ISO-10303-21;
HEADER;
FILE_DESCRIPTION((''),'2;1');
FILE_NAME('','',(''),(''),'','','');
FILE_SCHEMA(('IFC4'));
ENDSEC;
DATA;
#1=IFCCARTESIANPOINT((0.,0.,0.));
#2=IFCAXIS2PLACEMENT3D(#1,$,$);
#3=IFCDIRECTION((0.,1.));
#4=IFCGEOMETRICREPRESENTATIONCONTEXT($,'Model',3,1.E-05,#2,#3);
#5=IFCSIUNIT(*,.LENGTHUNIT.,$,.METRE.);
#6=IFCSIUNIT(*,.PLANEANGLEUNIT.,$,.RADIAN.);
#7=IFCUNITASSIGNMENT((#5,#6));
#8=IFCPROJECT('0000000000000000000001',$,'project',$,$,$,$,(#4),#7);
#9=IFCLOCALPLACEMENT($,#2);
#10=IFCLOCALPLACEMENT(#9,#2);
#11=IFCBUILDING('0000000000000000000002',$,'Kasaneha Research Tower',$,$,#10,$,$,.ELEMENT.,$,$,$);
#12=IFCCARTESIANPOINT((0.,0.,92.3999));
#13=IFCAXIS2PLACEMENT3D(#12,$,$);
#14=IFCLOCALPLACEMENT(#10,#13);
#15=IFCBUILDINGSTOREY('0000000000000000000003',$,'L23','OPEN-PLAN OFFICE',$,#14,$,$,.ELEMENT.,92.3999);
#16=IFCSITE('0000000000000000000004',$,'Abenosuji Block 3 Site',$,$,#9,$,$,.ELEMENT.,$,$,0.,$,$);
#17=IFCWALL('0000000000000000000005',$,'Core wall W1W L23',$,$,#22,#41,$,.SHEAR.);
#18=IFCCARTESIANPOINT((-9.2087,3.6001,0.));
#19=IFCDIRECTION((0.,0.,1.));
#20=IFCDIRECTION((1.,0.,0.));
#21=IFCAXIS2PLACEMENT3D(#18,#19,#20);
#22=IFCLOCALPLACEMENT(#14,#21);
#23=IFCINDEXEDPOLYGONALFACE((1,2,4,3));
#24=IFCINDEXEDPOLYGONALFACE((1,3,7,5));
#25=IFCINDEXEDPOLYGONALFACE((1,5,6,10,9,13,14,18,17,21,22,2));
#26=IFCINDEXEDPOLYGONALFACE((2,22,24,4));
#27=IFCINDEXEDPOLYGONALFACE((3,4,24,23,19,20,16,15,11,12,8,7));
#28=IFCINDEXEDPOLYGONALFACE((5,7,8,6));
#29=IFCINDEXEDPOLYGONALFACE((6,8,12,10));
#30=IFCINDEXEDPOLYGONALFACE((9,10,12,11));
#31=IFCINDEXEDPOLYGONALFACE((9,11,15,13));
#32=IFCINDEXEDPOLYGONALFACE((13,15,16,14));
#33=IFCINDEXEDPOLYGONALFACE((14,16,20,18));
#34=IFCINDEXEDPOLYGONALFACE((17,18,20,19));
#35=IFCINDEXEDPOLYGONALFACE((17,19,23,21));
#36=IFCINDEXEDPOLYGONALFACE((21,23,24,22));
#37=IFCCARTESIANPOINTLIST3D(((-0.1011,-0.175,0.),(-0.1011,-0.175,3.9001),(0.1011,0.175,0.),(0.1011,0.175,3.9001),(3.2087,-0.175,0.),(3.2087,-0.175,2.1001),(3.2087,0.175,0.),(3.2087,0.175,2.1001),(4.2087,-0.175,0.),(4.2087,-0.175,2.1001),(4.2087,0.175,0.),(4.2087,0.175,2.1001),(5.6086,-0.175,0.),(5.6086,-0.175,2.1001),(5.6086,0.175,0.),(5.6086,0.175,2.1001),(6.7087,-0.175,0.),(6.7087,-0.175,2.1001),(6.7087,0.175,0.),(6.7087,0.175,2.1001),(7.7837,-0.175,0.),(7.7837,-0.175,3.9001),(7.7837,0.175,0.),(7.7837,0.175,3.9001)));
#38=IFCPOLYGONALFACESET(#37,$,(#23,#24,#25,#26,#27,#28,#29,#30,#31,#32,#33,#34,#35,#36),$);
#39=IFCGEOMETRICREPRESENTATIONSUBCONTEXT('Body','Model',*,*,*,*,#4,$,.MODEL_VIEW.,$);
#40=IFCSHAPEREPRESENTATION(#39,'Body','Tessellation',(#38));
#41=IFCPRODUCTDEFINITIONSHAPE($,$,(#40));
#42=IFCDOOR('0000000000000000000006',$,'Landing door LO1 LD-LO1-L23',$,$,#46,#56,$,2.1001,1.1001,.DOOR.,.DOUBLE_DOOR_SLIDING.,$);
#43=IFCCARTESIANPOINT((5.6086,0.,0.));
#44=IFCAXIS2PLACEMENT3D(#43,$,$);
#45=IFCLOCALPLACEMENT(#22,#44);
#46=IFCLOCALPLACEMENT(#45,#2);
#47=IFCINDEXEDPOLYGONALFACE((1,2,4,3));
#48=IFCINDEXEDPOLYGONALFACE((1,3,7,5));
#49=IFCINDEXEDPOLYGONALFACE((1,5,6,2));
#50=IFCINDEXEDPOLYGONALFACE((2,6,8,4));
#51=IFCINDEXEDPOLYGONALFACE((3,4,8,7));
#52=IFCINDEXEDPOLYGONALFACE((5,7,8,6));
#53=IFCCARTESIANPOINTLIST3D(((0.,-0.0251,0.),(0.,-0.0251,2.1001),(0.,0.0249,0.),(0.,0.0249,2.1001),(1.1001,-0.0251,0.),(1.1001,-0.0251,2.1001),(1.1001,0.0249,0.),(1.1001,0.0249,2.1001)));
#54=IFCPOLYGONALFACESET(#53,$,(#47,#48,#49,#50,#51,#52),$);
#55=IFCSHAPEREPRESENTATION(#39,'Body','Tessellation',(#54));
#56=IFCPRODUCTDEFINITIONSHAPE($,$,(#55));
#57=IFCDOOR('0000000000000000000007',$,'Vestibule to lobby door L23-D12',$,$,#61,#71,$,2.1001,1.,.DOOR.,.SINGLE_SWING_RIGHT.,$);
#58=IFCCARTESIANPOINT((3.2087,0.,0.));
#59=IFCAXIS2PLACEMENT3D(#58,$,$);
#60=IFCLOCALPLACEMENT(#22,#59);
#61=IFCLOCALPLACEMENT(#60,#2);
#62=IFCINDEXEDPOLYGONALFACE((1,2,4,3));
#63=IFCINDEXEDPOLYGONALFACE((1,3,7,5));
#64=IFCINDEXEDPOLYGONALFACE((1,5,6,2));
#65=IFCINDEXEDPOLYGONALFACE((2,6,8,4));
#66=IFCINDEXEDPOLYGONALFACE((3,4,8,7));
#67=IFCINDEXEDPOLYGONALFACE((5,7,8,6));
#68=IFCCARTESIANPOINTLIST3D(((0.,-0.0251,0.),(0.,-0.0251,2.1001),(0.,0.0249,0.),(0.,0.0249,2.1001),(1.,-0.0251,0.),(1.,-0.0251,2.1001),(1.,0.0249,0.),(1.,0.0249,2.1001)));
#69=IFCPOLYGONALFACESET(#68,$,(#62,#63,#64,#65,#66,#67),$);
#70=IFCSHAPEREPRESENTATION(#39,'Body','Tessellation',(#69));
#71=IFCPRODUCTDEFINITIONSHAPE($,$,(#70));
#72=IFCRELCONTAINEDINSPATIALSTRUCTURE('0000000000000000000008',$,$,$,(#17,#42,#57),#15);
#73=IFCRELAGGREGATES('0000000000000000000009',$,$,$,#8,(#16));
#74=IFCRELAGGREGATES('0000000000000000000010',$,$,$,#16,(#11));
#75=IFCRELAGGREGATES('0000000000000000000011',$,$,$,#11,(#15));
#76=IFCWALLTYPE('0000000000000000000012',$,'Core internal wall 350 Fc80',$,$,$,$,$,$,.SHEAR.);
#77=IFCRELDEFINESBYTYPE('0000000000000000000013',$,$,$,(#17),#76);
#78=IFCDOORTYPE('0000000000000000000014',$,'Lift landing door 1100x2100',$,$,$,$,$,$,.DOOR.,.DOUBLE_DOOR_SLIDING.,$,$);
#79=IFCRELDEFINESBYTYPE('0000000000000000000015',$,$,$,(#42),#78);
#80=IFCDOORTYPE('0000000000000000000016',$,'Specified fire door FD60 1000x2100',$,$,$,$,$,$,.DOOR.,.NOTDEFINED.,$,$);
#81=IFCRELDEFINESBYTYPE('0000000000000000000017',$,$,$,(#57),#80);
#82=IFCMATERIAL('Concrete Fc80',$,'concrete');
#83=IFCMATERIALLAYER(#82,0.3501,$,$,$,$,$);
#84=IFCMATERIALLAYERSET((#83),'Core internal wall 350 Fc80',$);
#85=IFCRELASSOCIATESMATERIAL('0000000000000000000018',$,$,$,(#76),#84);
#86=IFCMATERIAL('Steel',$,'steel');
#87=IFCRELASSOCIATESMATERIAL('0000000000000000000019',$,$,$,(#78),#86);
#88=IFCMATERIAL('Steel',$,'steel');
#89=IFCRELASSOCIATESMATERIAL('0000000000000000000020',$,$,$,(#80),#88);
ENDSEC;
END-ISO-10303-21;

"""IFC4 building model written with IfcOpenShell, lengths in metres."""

from ifc_helpers import new_model, si_unit, direction, frame, frame_2d, origin, place, context, subcontext, project, spatial, polyline, rectangle, outline, extrude, material, layer, layer_set, type_object, element, fill, save


model = new_model("IFC4")

# Units and contexts
model_context = context("Model", 3, precision=1e-05, world=origin(), true_north=direction((0.0, 1.0)))
body_context = subcontext(model_context, "Body", "Model", "MODEL_VIEW")
ifc_project = project(units=[si_unit("LENGTHUNIT", "METRE"), si_unit("PLANEANGLEUNIT", "RADIAN")], contexts=[model_context])

# Site, building, storey
site_placement = place(None, origin())
site = spatial("IfcSite", under=ifc_project, at=site_placement, Name="Abenosuji Block 3 Site", CompositionType="ELEMENT", RefElevation=0.0)
building_placement = place(site_placement, origin())
building = spatial("IfcBuilding", under=site, at=building_placement, Name="Kasaneha Research Tower", CompositionType="ELEMENT")
storey_placement = place(building_placement, frame((0.0, 0.0, 92.3999)))
storey = spatial("IfcBuildingStorey", under=building, at=storey_placement, Name="L23", Description="OPEN-PLAN OFFICE", CompositionType="ELEMENT", Elevation=92.3999)

# Wall, openings, doors
ifc_material_1 = material(Name="Concrete Fc80", Category="concrete")
ifc_layer_1 = layer(ifc_material_1, 0.3501)
ifc_layer_set_1 = layer_set([ifc_layer_1], Name="Core internal wall 350 Fc80")
wall_type_1 = type_object("IfcWallType", Name="Core internal wall 350 Fc80", PredefinedType="SHEAR", material=ifc_layer_set_1)
wall_1_placement = place(storey_placement, frame((-9.2087, 3.6001, 0.0), z_axis=(0.0, 0.0, 1.0), x_axis=(1.0, 0.0, 0.0)))
wall_1 = element("IfcWall", 1, at=wall_1_placement, inside=storey, type_object=wall_type_1, Name="Core wall W1W L23", PredefinedType="SHEAR", context=body_context, shape_type="SweptSolid", body=[
    extrude(outline(polyline([(-0.1011, -0.175), (3.2087, -0.175), (4.2087, -0.175), (5.6086, -0.175), (6.7087, -0.175), (7.7837, -0.175), (7.7837, 0.175), (6.7087, 0.175), (5.6086, 0.175), (4.2087, 0.175), (3.2087, 0.175), (0.1011, 0.175), (-0.1011, -0.175)])), origin(), (0.0, 0.0, 1.0), 3.9001),
])
opening_1_placement = place(wall_1_placement, frame((3.2087, 0.0, 0.0)))
opening_1 = element("IfcOpeningElement", 2, at=opening_1_placement, cuts=wall_1, PredefinedType="OPENING", context=body_context, shape_type="SweptSolid", body=[
    extrude(rectangle(XDim=1.0, YDim=2.1001, at=frame_2d((0.5, 1.05))), frame((0.0, 0.1851, 0.0), z_axis=(0.0, -1.0, 0.0), x_axis=(1.0, 0.0, 0.0)), (0.0, 0.0, 1.0), 0.3701),
])
opening_2_placement = place(wall_1_placement, frame((5.6086, 0.0, 0.0)))
opening_2 = element("IfcOpeningElement", 3, at=opening_2_placement, cuts=wall_1, PredefinedType="OPENING", context=body_context, shape_type="SweptSolid", body=[
    extrude(rectangle(XDim=1.1001, YDim=2.1001, at=frame_2d((0.55, 1.05))), frame((0.0, 0.1851, 0.0), z_axis=(0.0, -1.0, 0.0), x_axis=(1.0, 0.0, 0.0)), (0.0, 0.0, 1.0), 0.3701),
])
ifc_material_2 = material(Name="Steel", Category="steel")
door_type_1 = type_object("IfcDoorType", Name="Lift landing door 1100x2100", OperationType="DOUBLE_DOOR_SLIDING", PredefinedType="DOOR", material=ifc_material_2)
door_1_placement = place(opening_2_placement, origin())
door_1 = element("IfcDoor", 4, at=door_1_placement, inside=storey, type_object=door_type_1, Name="Landing door LO1 LD-LO1-L23", OperationType="DOUBLE_DOOR_SLIDING", OverallHeight=2.1001, OverallWidth=1.1001, PredefinedType="DOOR", context=body_context, shape_type="SweptSolid", body=[
    extrude(rectangle(XDim=1.1001, YDim=2.1001, at=frame_2d((0.55, 1.05))), frame((0.0, 0.0249, 0.0), z_axis=(0.0, -1.0, 0.0), x_axis=(1.0, 0.0, 0.0)), (0.0, 0.0, 1.0), 0.05),
])
fill(opening_2, door_1)
ifc_material_3 = material(Name="Steel", Category="steel")
door_type_2 = type_object("IfcDoorType", Name="Specified fire door FD60 1000x2100", OperationType="NOTDEFINED", PredefinedType="DOOR", material=ifc_material_3)
door_2_placement = place(opening_1_placement, origin())
door_2 = element("IfcDoor", 5, at=door_2_placement, inside=storey, type_object=door_type_2, Name="Vestibule to lobby door L23-D12", OperationType="SINGLE_SWING_RIGHT", OverallHeight=2.1001, OverallWidth=1.0, PredefinedType="DOOR", context=body_context, shape_type="SweptSolid", body=[
    extrude(rectangle(XDim=1.0, YDim=2.1001, at=frame_2d((0.5, 1.05))), frame((0.0, 0.0249, 0.0), z_axis=(0.0, -1.0, 0.0), x_axis=(1.0, 0.0, 0.0)), (0.0, 0.0, 1.0), 0.05),
])
fill(opening_1, door_2)

save(model, "model.ifc")
